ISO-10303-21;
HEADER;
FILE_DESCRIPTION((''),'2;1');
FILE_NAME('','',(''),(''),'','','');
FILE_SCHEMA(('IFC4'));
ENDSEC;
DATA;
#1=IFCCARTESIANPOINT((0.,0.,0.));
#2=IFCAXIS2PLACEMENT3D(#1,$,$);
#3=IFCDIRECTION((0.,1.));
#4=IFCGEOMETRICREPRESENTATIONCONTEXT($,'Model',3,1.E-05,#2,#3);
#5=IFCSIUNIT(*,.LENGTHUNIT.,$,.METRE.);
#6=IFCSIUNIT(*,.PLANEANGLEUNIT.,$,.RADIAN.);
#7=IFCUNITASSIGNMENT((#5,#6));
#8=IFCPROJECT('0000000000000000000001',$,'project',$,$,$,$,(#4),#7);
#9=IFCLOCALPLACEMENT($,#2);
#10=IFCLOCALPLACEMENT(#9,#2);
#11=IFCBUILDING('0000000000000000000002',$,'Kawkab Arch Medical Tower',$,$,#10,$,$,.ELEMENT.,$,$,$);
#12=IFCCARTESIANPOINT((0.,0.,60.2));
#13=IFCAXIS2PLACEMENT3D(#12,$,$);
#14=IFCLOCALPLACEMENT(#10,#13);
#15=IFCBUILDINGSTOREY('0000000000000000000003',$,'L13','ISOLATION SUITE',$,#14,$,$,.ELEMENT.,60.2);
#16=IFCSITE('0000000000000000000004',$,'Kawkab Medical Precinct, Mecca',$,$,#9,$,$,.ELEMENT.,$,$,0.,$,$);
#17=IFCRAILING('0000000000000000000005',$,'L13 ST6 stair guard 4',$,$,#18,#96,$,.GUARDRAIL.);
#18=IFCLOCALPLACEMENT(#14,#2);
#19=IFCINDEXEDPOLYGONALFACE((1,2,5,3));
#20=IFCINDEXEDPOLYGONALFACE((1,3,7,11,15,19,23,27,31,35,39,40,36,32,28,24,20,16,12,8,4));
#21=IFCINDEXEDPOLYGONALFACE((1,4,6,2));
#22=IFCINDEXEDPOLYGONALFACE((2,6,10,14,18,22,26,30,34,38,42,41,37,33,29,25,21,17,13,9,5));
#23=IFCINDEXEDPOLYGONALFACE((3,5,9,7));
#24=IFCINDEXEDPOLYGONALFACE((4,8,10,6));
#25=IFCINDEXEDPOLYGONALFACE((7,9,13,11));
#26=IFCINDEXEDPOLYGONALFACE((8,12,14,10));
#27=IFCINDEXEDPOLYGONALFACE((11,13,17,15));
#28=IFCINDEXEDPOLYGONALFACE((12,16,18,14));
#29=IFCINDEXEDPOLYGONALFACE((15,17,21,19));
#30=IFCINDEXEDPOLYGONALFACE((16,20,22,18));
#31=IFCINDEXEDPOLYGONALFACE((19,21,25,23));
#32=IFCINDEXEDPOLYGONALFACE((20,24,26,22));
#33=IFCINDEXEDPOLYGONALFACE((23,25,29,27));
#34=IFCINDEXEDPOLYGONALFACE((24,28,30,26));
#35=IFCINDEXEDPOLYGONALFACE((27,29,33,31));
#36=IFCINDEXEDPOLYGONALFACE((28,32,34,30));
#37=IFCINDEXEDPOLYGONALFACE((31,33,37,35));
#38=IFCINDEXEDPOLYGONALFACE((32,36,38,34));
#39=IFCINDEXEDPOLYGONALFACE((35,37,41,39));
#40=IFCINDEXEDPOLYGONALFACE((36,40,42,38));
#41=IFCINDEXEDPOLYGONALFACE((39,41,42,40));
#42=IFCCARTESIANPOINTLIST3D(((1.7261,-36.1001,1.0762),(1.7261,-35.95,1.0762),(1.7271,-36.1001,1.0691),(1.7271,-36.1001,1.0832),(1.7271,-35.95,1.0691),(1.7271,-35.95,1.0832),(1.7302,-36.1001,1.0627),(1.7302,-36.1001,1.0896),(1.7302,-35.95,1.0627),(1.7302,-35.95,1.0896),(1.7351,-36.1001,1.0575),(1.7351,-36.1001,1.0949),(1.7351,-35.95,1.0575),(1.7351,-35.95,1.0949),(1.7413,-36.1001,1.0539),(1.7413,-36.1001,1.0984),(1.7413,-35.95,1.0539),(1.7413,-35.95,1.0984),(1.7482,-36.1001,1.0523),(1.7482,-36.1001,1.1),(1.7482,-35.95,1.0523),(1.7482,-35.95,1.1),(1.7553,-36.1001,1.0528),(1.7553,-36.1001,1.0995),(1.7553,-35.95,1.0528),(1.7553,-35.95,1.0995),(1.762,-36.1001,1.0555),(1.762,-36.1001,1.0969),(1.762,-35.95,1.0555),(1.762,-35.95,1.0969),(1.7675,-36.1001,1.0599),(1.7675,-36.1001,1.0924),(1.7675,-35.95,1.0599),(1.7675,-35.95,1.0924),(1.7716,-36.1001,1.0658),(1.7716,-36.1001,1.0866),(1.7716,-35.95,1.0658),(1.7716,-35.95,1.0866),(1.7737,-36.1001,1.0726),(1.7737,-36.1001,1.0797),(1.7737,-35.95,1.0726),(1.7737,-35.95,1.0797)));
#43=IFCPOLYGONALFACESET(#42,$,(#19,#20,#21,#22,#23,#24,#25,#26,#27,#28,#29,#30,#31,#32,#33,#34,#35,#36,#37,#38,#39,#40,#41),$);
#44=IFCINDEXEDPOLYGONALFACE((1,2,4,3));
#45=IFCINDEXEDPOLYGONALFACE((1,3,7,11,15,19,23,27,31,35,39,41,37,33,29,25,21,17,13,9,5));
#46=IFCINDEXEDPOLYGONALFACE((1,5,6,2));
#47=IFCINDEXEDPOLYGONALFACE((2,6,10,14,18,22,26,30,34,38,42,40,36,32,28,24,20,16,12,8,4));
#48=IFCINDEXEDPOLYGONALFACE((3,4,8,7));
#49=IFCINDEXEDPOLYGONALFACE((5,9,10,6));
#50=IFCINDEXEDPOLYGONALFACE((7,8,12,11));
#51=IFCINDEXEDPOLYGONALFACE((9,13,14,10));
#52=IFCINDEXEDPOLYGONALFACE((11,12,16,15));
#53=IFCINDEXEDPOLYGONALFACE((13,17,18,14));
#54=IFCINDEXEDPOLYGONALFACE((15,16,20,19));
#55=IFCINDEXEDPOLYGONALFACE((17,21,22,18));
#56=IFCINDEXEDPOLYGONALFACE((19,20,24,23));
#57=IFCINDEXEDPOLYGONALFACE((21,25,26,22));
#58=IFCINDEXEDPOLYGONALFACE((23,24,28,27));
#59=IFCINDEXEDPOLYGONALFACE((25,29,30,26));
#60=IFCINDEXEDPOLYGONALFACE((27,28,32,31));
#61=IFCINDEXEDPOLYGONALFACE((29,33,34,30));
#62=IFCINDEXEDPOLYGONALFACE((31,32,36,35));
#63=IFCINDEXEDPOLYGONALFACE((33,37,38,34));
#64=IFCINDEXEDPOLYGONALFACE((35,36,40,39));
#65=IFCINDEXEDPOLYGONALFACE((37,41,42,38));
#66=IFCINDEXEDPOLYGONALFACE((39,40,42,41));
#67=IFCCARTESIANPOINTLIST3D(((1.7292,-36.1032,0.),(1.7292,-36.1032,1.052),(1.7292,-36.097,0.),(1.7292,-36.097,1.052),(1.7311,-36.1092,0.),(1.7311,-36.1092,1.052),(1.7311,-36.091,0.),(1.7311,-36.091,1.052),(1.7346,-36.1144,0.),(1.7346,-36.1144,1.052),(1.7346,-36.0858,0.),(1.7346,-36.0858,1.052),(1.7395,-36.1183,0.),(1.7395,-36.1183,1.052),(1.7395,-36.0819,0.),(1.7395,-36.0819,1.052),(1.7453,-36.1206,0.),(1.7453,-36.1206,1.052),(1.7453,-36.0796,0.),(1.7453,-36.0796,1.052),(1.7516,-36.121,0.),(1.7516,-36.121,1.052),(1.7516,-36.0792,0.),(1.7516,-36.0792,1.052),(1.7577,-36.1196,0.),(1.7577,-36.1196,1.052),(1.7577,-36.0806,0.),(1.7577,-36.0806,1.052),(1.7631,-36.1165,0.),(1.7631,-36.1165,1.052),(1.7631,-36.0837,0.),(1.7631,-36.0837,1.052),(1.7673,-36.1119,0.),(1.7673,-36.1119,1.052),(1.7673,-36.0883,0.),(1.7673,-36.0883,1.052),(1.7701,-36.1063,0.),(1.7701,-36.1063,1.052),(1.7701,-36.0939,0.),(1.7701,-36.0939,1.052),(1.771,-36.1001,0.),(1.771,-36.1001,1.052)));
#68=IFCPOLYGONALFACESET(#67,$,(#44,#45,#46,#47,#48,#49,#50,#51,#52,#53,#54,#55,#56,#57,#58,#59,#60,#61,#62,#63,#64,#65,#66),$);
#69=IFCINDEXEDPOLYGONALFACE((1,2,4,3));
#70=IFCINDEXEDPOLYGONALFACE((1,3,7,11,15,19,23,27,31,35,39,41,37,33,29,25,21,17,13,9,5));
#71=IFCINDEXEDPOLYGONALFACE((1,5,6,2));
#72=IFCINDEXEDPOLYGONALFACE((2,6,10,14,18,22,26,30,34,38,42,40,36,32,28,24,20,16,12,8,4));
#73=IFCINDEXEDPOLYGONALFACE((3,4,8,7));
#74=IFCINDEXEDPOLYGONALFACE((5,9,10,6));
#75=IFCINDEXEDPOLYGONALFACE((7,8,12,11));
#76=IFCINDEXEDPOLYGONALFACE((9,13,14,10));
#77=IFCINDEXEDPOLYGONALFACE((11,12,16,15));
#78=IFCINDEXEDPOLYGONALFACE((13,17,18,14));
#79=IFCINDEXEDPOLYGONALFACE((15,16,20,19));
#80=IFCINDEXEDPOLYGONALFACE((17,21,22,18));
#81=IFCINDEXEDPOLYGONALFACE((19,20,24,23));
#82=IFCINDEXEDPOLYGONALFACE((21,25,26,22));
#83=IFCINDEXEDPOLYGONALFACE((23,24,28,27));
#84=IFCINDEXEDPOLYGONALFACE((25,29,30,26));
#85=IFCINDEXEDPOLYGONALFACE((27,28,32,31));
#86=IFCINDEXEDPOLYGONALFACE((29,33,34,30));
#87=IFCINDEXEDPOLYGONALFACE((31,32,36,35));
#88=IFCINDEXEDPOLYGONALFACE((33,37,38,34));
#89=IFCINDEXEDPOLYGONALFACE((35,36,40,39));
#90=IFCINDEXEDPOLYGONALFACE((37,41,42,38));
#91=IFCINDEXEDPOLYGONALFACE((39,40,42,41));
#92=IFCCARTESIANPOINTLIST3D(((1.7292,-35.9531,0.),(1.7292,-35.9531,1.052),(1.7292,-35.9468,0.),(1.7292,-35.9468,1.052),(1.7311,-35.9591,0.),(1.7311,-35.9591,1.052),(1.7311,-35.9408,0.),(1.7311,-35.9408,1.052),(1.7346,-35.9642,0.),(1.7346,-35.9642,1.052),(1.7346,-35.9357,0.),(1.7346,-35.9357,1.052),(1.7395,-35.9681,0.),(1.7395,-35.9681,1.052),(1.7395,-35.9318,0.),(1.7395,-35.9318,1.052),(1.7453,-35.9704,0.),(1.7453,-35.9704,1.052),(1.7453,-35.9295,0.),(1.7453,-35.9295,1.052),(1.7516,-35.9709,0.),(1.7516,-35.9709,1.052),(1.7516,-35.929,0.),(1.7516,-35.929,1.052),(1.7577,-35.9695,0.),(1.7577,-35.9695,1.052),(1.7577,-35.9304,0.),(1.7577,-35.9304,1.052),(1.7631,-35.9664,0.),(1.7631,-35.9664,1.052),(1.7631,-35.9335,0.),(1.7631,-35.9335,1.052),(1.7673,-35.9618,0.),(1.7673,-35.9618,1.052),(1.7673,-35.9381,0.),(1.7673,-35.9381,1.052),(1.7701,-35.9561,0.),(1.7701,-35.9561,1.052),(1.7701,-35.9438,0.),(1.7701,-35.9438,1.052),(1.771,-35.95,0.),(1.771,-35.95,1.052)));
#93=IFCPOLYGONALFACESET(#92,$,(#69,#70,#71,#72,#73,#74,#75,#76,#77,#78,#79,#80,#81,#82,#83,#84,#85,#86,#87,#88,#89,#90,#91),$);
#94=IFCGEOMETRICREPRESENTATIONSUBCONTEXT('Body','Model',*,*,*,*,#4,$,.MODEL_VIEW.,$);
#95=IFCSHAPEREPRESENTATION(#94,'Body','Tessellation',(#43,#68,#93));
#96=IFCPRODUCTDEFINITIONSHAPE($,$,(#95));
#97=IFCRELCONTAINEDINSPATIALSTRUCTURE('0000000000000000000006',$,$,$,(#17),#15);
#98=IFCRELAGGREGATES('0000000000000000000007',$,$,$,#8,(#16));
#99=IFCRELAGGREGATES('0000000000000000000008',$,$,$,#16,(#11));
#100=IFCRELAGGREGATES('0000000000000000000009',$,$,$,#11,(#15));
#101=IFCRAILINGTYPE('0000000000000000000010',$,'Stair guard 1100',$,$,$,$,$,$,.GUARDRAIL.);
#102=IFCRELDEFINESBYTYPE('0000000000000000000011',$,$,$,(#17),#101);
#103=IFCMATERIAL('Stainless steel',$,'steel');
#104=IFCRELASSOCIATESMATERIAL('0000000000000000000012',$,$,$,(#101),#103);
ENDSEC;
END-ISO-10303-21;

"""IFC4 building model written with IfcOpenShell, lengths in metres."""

from ifc_helpers import new_model, si_unit, direction, frame, origin, origin_2d, place, context, subcontext, project, spatial, circle, extrude, material, type_object, element, save


model = new_model("IFC4")

# Units and contexts
model_context = context("Model", 3, precision=1e-05, world=origin(), true_north=direction((0.0, 1.0)))
body_context = subcontext(model_context, "Body", "Model", "MODEL_VIEW")
ifc_project = project(units=[si_unit("LENGTHUNIT", "METRE"), si_unit("PLANEANGLEUNIT", "RADIAN")], contexts=[model_context])

# Site, building, storey
site_placement = place(None, origin())
site = spatial("IfcSite", under=ifc_project, at=site_placement, Name="Kawkab Medical Precinct, Mecca", CompositionType="ELEMENT", RefElevation=0.0)
building_placement = place(site_placement, origin())
building = spatial("IfcBuilding", under=site, at=building_placement, Name="Kawkab Arch Medical Tower", CompositionType="ELEMENT")
storey_placement = place(building_placement, frame((0.0, 0.0, 60.2)))
storey = spatial("IfcBuildingStorey", under=building, at=storey_placement, Name="L13", Description="ISOLATION SUITE", CompositionType="ELEMENT", Elevation=60.2)

# Railing
ifc_material_1 = material(Name="Stainless steel", Category="steel")
railing_type = type_object("IfcRailingType", Name="Stair guard 1100", PredefinedType="GUARDRAIL", material=ifc_material_1)
railing_1_placement = place(storey_placement, frame((1.75, -36.1001, 0.0)))
element("IfcRailing", 1, at=railing_1_placement, inside=storey, type_object=railing_type, Name="L13 ST6 stair guard 4", PredefinedType="GUARDRAIL", context=body_context, shape_type="SweptSolid", body=[
    extrude(circle(Radius=0.0239, at=origin_2d()), frame((0.0, 0.0, 1.0762), z_axis=(0.0, 1.0, 0.0), x_axis=(-1.0, 0.0, 0.0)), (0.0, 0.0, 1.0), 0.1501),
    extrude(circle(Radius=0.021, at=origin_2d()), origin(), (0.0, 0.0, 1.0), 1.052),
    extrude(circle(Radius=0.021, at=origin_2d()), frame((0.0, 0.1501, 0.0)), (0.0, 0.0, 1.0), 1.052),
])

save(model, "model.ifc")
